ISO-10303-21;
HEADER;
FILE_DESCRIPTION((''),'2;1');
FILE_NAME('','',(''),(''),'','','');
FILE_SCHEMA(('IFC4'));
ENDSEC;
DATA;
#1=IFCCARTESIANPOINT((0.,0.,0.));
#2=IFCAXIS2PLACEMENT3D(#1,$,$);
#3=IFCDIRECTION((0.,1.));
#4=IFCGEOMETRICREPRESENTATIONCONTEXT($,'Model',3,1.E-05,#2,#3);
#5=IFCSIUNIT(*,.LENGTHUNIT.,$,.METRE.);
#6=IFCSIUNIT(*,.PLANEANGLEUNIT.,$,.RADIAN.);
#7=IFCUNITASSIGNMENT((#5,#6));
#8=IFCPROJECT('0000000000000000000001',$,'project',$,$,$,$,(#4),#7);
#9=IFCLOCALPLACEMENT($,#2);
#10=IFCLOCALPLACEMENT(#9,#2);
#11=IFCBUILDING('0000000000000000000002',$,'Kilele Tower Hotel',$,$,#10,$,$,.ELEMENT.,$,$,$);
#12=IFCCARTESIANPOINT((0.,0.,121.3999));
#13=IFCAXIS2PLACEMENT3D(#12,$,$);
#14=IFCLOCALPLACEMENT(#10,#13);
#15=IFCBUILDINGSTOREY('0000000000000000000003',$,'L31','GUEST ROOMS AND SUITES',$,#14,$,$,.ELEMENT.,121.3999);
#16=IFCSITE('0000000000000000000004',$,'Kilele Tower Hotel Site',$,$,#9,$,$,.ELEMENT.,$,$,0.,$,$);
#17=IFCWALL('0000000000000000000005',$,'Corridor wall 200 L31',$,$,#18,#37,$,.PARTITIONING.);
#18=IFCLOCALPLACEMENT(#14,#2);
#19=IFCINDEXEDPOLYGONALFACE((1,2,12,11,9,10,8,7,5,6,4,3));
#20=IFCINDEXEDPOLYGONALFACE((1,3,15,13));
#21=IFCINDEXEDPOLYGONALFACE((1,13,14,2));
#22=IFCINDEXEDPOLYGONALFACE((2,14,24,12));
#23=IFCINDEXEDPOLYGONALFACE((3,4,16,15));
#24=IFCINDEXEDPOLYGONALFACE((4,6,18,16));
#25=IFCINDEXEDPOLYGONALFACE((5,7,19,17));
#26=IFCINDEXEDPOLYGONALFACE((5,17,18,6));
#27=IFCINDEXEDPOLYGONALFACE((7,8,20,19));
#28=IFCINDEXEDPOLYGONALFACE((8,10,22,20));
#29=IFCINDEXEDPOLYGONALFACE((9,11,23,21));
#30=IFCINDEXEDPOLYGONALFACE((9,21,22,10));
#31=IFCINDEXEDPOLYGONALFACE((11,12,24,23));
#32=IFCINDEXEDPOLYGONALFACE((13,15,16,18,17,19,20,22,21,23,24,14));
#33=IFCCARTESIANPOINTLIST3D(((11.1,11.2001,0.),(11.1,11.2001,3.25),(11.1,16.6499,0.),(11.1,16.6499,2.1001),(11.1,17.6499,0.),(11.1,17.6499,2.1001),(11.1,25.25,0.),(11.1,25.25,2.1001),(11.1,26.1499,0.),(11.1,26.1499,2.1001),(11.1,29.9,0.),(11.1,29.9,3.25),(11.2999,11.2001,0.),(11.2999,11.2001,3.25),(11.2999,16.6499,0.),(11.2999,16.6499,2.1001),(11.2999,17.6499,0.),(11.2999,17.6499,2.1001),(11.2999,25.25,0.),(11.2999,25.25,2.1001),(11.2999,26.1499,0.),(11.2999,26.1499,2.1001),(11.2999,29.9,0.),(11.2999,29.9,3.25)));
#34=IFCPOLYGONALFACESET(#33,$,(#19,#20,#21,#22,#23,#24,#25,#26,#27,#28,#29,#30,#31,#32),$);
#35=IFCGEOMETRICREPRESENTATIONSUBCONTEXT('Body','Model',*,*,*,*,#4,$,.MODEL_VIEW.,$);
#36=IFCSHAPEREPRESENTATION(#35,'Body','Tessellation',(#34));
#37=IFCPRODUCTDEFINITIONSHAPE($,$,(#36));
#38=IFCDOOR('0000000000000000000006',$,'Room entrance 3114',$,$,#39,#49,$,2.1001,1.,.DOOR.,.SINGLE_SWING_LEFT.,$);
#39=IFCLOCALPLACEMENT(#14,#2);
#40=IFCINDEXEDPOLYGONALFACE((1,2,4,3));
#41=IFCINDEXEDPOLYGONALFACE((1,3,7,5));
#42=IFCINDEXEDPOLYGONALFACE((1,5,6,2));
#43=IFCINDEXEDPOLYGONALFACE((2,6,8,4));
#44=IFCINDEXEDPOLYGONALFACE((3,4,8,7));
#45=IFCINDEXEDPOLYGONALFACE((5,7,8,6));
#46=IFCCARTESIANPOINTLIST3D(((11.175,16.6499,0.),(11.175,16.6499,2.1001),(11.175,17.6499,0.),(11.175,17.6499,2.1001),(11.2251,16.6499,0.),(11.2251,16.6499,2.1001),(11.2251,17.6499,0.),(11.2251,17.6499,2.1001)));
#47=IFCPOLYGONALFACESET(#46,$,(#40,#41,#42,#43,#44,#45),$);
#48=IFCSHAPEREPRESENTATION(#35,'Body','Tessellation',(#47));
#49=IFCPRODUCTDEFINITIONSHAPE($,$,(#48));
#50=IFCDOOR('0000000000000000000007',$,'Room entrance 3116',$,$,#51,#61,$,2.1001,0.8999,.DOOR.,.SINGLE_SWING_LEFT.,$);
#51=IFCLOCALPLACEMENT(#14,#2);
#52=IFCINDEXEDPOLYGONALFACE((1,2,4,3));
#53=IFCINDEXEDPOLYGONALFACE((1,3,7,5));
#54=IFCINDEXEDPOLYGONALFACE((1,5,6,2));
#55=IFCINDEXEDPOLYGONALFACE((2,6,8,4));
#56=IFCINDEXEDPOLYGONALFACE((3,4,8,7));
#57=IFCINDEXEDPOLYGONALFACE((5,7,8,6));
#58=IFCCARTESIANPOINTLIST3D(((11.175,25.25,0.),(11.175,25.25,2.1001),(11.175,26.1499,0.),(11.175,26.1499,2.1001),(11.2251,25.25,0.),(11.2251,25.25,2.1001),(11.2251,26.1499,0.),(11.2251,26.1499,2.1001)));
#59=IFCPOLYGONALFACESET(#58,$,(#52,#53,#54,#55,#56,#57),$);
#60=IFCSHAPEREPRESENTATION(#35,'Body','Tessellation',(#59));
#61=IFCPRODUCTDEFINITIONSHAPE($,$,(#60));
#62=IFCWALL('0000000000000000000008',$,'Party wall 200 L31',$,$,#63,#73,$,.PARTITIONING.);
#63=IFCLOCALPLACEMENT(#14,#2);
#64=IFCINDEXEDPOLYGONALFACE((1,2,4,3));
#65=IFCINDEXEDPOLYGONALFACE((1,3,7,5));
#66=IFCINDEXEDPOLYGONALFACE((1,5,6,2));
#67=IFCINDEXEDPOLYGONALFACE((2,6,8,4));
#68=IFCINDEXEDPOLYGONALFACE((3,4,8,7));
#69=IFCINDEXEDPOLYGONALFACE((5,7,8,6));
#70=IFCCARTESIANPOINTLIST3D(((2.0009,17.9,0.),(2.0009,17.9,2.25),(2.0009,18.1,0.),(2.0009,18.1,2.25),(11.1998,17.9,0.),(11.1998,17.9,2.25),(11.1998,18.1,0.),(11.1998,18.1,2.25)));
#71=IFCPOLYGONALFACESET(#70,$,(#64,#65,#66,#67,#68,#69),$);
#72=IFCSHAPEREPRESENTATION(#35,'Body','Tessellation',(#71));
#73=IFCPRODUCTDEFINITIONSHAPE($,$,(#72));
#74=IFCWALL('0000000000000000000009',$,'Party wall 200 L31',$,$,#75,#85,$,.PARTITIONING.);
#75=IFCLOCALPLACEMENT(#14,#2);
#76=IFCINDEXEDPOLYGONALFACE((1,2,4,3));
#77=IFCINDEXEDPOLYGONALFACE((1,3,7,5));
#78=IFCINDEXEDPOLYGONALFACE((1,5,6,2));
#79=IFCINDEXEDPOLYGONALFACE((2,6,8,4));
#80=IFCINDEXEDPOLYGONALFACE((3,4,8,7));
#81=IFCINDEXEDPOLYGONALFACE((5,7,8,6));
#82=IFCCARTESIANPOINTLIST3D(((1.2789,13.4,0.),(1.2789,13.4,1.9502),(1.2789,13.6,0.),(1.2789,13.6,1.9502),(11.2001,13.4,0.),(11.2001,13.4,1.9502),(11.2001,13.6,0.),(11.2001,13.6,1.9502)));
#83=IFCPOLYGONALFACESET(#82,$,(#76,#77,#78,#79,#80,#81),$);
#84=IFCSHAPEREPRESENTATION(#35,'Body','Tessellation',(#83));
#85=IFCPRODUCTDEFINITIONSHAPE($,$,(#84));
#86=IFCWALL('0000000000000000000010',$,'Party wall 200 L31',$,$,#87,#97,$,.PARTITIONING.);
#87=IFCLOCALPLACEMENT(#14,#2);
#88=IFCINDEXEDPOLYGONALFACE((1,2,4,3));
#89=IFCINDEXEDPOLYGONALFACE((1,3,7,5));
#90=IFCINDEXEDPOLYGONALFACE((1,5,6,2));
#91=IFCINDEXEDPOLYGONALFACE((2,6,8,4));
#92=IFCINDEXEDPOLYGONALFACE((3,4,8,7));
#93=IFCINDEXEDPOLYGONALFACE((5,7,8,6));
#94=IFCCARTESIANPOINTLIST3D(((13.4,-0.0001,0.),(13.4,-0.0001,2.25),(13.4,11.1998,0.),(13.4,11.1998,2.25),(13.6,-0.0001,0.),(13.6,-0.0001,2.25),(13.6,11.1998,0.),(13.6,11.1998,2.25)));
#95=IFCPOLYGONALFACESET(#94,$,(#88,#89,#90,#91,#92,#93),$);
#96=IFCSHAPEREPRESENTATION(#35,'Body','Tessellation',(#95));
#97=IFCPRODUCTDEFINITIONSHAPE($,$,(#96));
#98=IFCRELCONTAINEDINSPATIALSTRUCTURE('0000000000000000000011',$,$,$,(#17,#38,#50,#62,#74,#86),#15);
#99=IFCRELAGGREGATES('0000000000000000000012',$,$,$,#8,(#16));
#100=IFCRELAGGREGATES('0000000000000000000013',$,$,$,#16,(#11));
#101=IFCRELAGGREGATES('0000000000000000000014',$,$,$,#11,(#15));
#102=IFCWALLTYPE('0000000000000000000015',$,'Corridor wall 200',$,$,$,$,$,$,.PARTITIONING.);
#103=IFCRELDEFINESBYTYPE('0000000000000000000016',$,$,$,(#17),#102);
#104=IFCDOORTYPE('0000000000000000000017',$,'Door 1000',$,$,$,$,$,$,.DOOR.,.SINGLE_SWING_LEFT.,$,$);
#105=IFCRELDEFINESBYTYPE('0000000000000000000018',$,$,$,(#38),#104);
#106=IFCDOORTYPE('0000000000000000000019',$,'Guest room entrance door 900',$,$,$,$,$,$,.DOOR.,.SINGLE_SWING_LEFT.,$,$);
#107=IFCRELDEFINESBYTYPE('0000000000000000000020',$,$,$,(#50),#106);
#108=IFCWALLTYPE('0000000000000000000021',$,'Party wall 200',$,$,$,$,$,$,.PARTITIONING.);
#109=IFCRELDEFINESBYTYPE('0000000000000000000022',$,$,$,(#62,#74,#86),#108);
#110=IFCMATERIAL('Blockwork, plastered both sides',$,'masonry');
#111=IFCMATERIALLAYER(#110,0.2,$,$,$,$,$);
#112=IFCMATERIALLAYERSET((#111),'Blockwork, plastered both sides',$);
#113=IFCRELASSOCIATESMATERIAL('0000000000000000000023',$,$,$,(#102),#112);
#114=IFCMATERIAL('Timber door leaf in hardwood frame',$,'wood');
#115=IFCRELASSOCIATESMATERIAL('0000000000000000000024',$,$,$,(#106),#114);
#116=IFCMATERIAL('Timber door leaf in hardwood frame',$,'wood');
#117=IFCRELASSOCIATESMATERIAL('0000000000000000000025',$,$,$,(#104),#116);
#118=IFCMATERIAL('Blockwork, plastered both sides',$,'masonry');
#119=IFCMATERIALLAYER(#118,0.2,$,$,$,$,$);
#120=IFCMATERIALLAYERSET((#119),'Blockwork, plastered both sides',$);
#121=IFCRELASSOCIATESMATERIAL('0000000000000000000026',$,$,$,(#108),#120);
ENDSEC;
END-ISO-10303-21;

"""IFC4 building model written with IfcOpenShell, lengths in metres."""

from ifc_helpers import new_model, si_unit, direction, frame, frame_2d, origin, place, context, subcontext, project, spatial, rectangle, extrude, material, layer, layer_set, type_object, element, fill, save


model = new_model("IFC4")

# Units and contexts
model_context = context("Model", 3, precision=1e-05, world=origin(), true_north=direction((0.0, 1.0)))
body_context = subcontext(model_context, "Body", "Model", "MODEL_VIEW")
ifc_project = project(units=[si_unit("LENGTHUNIT", "METRE"), si_unit("PLANEANGLEUNIT", "RADIAN")], contexts=[model_context])

# Site, building, storey
site_placement = place(None, origin())
site = spatial("IfcSite", under=ifc_project, at=site_placement, Name="Kilele Tower Hotel Site", CompositionType="ELEMENT", RefElevation=0.0)
building_placement = place(site_placement, origin())
building = spatial("IfcBuilding", under=site, at=building_placement, Name="Kilele Tower Hotel", CompositionType="ELEMENT")
storey_placement = place(building_placement, frame((0.0, 0.0, 121.3999)))
storey = spatial("IfcBuildingStorey", under=building, at=storey_placement, Name="L31", Description="GUEST ROOMS AND SUITES", CompositionType="ELEMENT", Elevation=121.3999)

# Wall, openings, doors
ifc_material_1 = material(Name="Blockwork, plastered both sides", Category="masonry")
ifc_layer_1 = layer(ifc_material_1, 0.2)
ifc_layer_set_1 = layer_set([ifc_layer_1], Name="Blockwork, plastered both sides")
wall_type_1 = type_object("IfcWallType", Name="Corridor wall 200", PredefinedType="PARTITIONING", material=ifc_layer_set_1)
ifc_material_2 = material(Name="Timber door leaf in hardwood frame", Category="wood")
door_type_1 = type_object("IfcDoorType", Name="Guest room entrance door 900", OperationType="SINGLE_SWING_LEFT", PredefinedType="DOOR", material=ifc_material_2)
wall_1_placement = place(storey_placement, frame((11.2, 11.2, 0.0), z_axis=(0.0, 0.0, 1.0), x_axis=(0.0, 1.0, 0.0)))
wall_1 = element("IfcWall", 1, at=wall_1_placement, inside=storey, type_object=wall_type_1, Name="Corridor wall 200 L31", PredefinedType="PARTITIONING", context=body_context, shape_type="SweptSolid", body=[
    extrude(rectangle(XDim=18.7, YDim=0.2, at=frame_2d((9.3501, 0.0))), origin(), (0.0, 0.0, 1.0), 3.25),
])
opening_1_placement = place(wall_1_placement, frame((5.45, 0.0, 0.0)))
opening_1 = element("IfcOpeningElement", 2, at=opening_1_placement, cuts=wall_1, PredefinedType="OPENING", context=body_context, shape_type="SweptSolid", body=[
    extrude(rectangle(XDim=1.0, YDim=2.1001, at=frame_2d((0.5, 1.05))), frame((0.0, 0.1099, 0.0), z_axis=(0.0, -1.0, 0.0), x_axis=(1.0, 0.0, 0.0)), (0.0, 0.0, 1.0), 0.22),
])
opening_2_placement = place(wall_1_placement, frame((14.05, 0.0, 0.0)))
opening_2 = element("IfcOpeningElement", 3, at=opening_2_placement, cuts=wall_1, PredefinedType="OPENING", context=body_context, shape_type="SweptSolid", body=[
    extrude(rectangle(XDim=0.8999, YDim=2.1001, at=frame_2d((0.45, 1.05))), frame((0.0, 0.1099, 0.0), z_axis=(0.0, -1.0, 0.0), x_axis=(1.0, 0.0, 0.0)), (0.0, 0.0, 1.0), 0.22),
])
ifc_material_3 = material(Name="Timber door leaf in hardwood frame", Category="wood")
door_type_2 = type_object("IfcDoorType", Name="Door 1000", OperationType="SINGLE_SWING_LEFT", PredefinedType="DOOR", material=ifc_material_3)
door_1_placement = place(opening_1_placement, origin())
door_1 = element("IfcDoor", 4, at=door_1_placement, inside=storey, type_object=door_type_2, Name="Room entrance 3114", OperationType="SINGLE_SWING_LEFT", OverallHeight=2.1001, OverallWidth=1.0, PredefinedType="DOOR", context=body_context, shape_type="SweptSolid", body=[
    extrude(rectangle(XDim=1.0, YDim=2.1001, at=frame_2d((0.5, 1.05))), frame((0.0, 0.0249, 0.0), z_axis=(0.0, -1.0, 0.0), x_axis=(1.0, 0.0, 0.0)), (0.0, 0.0, 1.0), 0.05),
])
fill(opening_1, door_1)
door_2_placement = place(opening_2_placement, origin())
door_2 = element("IfcDoor", 5, at=door_2_placement, inside=storey, type_object=door_type_1, Name="Room entrance 3116", OperationType="SINGLE_SWING_LEFT", OverallHeight=2.1001, OverallWidth=0.8999, PredefinedType="DOOR", context=body_context, shape_type="SweptSolid", body=[
    extrude(rectangle(XDim=0.8999, YDim=2.1001, at=frame_2d((0.45, 1.05))), frame((0.0, 0.0249, 0.0), z_axis=(0.0, -1.0, 0.0), x_axis=(1.0, 0.0, 0.0)), (0.0, 0.0, 1.0), 0.05),
])
fill(opening_2, door_2)

# Walls
ifc_material_4 = material(Name="Blockwork, plastered both sides", Category="masonry")
ifc_layer_2 = layer(ifc_material_4, 0.2)
ifc_layer_set_2 = layer_set([ifc_layer_2], Name="Blockwork, plastered both sides")
wall_type_2 = type_object("IfcWallType", Name="Party wall 200", PredefinedType="PARTITIONING", material=ifc_layer_set_2)
wall_2_placement = place(storey_placement, frame((11.2, 18.0, 0.0), z_axis=(0.0, 0.0, 1.0), x_axis=(-1.0, 0.0, 0.0)))
element("IfcWall", 6, at=wall_2_placement, inside=storey, type_object=wall_type_2, Name="Party wall 200 L31", PredefinedType="PARTITIONING", context=body_context, shape_type="SweptSolid", body=[
    extrude(rectangle(XDim=9.199, YDim=0.2, at=frame_2d((4.5996, 0.0))), origin(), (0.0, 0.0, 1.0), 2.25),
])
wall_3_placement = place(storey_placement, frame((11.2, 13.5, 0.0), z_axis=(0.0, 0.0, 1.0), x_axis=(-1.0, 0.0, 0.0)))
element("IfcWall", 7, at=wall_3_placement, inside=storey, type_object=wall_type_2, Name="Party wall 200 L31", PredefinedType="PARTITIONING", context=body_context, shape_type="SweptSolid", body=[
    extrude(rectangle(XDim=9.9211, YDim=0.2, at=frame_2d((4.9604, 0.0))), origin(), (0.0, 0.0, 1.0), 1.9502),
])
wall_4_placement = place(storey_placement, frame((13.5, 11.2, 0.0), z_axis=(0.0, 0.0, 1.0), x_axis=(0.0, -1.0, 0.0)))
element("IfcWall", 8, at=wall_4_placement, inside=storey, type_object=wall_type_2, Name="Party wall 200 L31", PredefinedType="PARTITIONING", context=body_context, shape_type="SweptSolid", body=[
    extrude(rectangle(XDim=11.2, YDim=0.2, at=frame_2d((5.6001, 0.0))), origin(), (0.0, 0.0, 1.0), 2.25),
])

save(model, "model.ifc")
